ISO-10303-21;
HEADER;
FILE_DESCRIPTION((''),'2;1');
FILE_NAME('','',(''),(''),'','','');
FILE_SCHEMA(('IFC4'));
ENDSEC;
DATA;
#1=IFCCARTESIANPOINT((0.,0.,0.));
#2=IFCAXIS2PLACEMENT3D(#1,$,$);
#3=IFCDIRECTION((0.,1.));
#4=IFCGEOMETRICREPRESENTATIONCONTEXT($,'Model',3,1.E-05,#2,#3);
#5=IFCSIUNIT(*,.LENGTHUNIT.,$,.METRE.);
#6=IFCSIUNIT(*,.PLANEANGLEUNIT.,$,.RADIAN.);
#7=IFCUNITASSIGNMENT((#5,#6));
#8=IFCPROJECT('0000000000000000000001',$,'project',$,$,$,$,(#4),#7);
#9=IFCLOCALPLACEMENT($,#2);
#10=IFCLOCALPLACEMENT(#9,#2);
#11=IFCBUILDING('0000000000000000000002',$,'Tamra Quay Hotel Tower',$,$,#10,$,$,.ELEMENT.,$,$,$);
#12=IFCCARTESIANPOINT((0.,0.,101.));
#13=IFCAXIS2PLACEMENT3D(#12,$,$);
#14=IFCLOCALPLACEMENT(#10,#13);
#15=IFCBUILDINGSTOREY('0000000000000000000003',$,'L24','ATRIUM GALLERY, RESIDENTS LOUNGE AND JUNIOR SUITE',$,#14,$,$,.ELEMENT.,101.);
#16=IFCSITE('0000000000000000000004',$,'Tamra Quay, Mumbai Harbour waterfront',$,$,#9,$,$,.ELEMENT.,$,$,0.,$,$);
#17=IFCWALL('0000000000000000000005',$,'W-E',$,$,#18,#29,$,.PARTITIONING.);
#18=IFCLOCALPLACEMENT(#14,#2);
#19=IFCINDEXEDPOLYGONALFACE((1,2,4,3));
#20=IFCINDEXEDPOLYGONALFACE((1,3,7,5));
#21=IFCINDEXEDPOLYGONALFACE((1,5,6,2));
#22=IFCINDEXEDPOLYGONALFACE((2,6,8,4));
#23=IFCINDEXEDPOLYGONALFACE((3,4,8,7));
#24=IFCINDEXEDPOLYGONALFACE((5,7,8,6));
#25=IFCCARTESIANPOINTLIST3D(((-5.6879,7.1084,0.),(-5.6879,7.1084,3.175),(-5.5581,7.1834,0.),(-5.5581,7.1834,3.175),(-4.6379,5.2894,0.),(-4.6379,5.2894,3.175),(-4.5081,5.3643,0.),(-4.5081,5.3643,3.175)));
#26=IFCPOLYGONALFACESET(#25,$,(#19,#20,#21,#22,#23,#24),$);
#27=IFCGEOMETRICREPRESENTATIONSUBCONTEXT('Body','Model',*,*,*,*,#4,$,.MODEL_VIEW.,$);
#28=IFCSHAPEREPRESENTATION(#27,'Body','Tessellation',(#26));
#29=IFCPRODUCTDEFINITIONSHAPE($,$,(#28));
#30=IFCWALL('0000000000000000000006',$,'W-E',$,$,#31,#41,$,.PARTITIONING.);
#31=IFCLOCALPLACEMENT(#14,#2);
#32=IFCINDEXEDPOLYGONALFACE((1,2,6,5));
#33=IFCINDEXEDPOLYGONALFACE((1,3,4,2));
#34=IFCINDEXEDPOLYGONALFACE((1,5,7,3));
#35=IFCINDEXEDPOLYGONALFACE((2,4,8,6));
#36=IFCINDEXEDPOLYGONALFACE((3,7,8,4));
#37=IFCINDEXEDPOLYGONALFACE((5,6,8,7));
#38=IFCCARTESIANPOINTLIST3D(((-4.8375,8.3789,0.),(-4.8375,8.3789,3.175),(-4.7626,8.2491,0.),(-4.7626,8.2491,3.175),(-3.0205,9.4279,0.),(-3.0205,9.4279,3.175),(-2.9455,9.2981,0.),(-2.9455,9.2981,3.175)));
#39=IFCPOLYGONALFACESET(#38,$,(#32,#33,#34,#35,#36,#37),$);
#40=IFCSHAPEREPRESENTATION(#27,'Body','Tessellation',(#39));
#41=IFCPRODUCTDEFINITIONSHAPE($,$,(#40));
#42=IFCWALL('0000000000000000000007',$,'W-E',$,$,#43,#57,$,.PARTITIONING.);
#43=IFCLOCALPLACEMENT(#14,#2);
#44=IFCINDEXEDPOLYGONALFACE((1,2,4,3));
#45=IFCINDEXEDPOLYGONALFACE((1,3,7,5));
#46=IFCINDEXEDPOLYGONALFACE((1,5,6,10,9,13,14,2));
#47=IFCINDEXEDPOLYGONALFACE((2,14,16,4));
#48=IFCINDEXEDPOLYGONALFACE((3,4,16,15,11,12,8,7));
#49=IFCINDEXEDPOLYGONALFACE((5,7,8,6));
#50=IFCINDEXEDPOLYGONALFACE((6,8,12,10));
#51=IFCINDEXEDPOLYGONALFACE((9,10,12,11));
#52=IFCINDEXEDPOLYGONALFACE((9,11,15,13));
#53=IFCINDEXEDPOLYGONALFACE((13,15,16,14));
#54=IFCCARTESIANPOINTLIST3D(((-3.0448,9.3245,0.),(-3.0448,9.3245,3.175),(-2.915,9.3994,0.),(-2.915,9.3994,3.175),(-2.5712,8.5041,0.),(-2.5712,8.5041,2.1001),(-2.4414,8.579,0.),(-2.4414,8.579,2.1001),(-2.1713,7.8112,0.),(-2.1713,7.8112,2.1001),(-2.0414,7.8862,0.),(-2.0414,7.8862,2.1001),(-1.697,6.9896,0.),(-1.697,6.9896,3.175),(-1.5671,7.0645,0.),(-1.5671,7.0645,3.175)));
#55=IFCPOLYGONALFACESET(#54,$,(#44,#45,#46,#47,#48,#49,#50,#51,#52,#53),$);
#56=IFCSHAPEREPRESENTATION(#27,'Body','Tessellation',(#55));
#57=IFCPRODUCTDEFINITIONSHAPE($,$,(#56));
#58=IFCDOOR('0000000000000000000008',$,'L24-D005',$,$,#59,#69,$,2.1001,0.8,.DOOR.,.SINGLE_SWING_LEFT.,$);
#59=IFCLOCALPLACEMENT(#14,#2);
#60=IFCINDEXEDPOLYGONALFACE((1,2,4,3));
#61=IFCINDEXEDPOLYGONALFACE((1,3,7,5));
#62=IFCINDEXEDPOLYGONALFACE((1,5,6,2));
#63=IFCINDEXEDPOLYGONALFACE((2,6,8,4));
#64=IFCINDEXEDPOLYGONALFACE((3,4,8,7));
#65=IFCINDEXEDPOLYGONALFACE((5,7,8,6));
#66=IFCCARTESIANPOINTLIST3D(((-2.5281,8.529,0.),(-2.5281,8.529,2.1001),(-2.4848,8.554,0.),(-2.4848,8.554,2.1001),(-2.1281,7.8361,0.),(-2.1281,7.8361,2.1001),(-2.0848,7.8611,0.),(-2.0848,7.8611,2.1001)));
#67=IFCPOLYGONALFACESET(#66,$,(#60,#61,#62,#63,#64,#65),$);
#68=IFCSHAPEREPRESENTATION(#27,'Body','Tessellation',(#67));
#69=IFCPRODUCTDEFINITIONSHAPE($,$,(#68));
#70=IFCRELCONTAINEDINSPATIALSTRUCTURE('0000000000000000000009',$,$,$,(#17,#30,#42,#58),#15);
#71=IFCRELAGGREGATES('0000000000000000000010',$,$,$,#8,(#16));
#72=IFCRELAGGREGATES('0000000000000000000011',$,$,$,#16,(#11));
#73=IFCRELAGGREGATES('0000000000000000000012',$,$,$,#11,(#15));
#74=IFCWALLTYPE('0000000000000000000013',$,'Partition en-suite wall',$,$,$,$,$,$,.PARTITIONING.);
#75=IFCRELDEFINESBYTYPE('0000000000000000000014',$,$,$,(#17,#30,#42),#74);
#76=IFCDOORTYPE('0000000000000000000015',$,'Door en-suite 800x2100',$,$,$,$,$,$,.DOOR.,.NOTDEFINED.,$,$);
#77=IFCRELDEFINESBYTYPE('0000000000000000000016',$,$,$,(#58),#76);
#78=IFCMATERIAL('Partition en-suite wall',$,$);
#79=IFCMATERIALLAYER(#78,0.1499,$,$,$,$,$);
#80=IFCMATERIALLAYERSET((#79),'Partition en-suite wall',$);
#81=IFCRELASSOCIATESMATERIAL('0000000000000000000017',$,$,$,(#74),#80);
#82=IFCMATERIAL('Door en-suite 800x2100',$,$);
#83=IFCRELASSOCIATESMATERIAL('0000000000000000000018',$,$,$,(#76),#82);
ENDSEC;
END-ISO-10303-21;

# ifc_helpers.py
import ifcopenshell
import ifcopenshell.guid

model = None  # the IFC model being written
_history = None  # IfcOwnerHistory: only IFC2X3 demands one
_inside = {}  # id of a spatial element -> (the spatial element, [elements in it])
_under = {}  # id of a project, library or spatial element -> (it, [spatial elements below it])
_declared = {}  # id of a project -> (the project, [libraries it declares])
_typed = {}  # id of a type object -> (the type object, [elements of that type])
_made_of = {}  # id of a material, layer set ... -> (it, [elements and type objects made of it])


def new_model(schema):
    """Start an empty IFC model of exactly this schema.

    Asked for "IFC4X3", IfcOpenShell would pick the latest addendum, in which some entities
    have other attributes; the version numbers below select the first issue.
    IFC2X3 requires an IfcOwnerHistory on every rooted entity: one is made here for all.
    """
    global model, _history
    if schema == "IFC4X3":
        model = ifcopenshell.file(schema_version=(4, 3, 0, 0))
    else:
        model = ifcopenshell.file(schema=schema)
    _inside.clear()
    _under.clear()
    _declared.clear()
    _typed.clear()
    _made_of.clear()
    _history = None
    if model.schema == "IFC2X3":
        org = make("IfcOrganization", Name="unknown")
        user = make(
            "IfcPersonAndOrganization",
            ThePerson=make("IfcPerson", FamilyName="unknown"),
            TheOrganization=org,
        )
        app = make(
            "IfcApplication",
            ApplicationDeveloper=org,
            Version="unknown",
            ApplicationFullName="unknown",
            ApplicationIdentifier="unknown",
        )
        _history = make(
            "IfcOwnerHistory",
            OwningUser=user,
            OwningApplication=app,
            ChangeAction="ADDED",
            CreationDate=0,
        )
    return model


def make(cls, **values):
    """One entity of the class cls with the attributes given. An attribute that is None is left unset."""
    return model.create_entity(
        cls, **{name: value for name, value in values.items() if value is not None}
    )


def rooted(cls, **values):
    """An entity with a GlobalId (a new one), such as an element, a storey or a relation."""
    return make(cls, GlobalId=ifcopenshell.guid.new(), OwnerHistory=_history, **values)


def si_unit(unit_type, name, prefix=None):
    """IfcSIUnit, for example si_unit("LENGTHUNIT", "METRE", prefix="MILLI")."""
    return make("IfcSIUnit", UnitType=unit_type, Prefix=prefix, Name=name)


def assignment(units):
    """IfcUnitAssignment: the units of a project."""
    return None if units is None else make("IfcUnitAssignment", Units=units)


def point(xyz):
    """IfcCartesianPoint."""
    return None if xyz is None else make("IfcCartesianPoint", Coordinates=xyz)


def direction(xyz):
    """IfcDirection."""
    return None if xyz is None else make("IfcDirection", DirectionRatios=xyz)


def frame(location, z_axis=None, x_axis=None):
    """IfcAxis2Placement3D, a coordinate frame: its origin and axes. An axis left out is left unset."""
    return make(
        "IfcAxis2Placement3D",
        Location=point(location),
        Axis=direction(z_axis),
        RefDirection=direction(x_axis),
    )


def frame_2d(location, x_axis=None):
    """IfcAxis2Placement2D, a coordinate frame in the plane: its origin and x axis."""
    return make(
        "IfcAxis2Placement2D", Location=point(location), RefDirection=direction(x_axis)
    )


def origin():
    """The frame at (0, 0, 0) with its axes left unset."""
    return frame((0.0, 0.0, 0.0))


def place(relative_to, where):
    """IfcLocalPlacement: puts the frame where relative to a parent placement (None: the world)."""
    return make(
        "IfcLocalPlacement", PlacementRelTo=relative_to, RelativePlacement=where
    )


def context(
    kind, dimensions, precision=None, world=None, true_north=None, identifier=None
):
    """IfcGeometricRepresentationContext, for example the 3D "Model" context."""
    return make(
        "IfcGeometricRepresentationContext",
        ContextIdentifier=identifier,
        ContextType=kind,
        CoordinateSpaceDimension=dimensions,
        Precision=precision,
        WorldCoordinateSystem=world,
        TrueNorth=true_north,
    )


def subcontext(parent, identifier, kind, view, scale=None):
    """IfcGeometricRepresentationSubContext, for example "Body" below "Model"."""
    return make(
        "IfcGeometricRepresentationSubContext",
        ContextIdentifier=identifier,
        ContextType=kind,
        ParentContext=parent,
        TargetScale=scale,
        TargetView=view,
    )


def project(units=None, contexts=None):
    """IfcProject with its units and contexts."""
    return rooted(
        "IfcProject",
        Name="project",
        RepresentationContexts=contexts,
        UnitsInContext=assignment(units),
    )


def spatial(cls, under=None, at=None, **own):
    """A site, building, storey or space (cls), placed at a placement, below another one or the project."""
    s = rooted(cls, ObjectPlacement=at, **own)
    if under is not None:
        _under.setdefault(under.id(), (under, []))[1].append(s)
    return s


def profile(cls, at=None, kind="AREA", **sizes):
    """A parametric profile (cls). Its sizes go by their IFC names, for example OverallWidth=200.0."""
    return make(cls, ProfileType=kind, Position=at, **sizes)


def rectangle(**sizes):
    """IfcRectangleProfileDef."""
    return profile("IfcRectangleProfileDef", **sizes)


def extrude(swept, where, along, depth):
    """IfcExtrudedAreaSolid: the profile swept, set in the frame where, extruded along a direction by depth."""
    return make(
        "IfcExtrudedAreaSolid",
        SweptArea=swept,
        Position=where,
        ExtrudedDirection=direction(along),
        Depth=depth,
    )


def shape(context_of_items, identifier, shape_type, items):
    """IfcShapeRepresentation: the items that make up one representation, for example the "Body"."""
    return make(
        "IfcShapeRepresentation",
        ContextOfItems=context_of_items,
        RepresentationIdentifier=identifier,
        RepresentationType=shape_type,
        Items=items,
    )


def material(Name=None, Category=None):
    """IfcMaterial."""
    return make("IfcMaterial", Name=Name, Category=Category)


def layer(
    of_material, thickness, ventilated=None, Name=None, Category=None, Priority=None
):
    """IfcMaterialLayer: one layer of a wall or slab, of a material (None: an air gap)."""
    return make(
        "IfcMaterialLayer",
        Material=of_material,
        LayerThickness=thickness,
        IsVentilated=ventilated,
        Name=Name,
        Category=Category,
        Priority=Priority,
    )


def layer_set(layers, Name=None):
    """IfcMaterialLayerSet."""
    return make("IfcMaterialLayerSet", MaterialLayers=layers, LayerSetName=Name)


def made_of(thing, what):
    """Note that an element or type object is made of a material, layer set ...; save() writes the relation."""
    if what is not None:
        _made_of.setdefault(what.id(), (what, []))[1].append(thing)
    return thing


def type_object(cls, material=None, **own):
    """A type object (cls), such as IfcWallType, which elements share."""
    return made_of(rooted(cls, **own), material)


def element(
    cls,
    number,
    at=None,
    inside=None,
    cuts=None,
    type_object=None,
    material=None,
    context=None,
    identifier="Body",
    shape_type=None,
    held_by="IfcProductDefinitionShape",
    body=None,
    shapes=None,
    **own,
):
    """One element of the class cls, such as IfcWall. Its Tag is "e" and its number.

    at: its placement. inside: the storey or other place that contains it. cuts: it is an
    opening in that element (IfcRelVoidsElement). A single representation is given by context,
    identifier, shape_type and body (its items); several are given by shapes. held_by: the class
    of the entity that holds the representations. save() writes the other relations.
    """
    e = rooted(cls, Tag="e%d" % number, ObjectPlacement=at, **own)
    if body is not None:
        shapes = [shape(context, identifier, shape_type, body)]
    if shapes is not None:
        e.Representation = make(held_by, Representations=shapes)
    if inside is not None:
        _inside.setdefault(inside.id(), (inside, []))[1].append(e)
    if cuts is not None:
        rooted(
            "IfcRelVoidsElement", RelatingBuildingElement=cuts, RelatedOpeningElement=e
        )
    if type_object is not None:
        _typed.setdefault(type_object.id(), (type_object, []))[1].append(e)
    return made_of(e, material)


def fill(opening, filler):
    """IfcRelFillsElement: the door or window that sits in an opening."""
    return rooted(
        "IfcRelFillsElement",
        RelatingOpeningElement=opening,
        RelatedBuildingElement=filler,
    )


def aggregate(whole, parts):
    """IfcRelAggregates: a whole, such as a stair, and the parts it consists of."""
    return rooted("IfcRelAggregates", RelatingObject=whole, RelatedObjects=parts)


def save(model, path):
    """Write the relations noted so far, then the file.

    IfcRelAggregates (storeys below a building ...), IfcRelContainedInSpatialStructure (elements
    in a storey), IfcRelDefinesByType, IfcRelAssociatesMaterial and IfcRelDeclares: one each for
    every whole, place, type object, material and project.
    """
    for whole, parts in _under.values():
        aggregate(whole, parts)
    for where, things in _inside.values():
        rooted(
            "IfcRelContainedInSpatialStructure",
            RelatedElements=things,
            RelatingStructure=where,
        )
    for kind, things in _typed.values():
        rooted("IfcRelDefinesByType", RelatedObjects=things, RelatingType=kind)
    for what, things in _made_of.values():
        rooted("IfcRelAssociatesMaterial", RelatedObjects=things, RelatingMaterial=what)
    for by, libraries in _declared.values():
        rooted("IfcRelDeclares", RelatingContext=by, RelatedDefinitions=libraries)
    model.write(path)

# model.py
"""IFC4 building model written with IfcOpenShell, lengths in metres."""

from ifc_helpers import new_model, si_unit, direction, frame, frame_2d, origin, place, context, subcontext, project, spatial, rectangle, extrude, material, layer, layer_set, type_object, element, fill, save


model = new_model("IFC4")

# Units and contexts
model_context = context("Model", 3, precision=1e-05, world=origin(), true_north=direction((0.0, 1.0)))
body_context = subcontext(model_context, "Body", "Model", "MODEL_VIEW")
ifc_project = project(units=[si_unit("LENGTHUNIT", "METRE"), si_unit("PLANEANGLEUNIT", "RADIAN")], contexts=[model_context])

# Site, building, storey
site_placement = place(None, origin())
site = spatial("IfcSite", under=ifc_project, at=site_placement, Name="Tamra Quay, Mumbai Harbour waterfront", CompositionType="ELEMENT", RefElevation=0.0)
building_placement = place(site_placement, origin())
building = spatial("IfcBuilding", under=site, at=building_placement, Name="Tamra Quay Hotel Tower", CompositionType="ELEMENT")
storey_placement = place(building_placement, frame((0.0, 0.0, 101.0)))
storey = spatial("IfcBuildingStorey", under=building, at=storey_placement, Name="L24", Description="ATRIUM GALLERY, RESIDENTS LOUNGE AND JUNIOR SUITE", CompositionType="ELEMENT", Elevation=101.0)

# Walls
ifc_material_1 = material(Name="Partition en-suite wall")
ifc_layer_1 = layer(ifc_material_1, 0.1499)
ifc_layer_set_1 = layer_set([ifc_layer_1], Name="Partition en-suite wall")
wall_type_1 = type_object("IfcWallType", Name="Partition en-suite wall", PredefinedType="PARTITIONING", material=ifc_layer_set_1)
wall_1_placement = place(storey_placement, frame((-5.623, 7.146, 0.0), z_axis=(0.0, 0.0, 1.0), x_axis=(0.499927, -0.866068, 0.0)))
element("IfcWall", 1, at=wall_1_placement, inside=storey, type_object=wall_type_1, Name="W-E", PredefinedType="PARTITIONING", context=body_context, shape_type="SweptSolid", body=[
    extrude(rectangle(XDim=2.1003, YDim=0.1499, at=frame_2d((1.0503, 0.0))), origin(), (0.0, 0.0, 1.0), 3.175),
])
wall_2_placement = place(storey_placement, frame((-4.8, 8.314, 0.0), z_axis=(0.0, 0.0, 1.0), x_axis=(0.866036, 0.499981, 0.0)))
element("IfcWall", 2, at=wall_2_placement, inside=storey, type_object=wall_type_1, Name="W-E", PredefinedType="PARTITIONING", context=body_context, shape_type="SweptSolid", body=[
    extrude(rectangle(XDim=2.0981, YDim=0.1499, at=frame_2d((1.0491, 0.0))), origin(), (0.0, 0.0, 1.0), 3.175),
])

# Wall, opening, door
wall_3_placement = place(storey_placement, frame((-2.98, 9.3621, 0.0), z_axis=(0.0, 0.0, 1.0), x_axis=(0.499947, -0.866056, 0.0)))
wall_3 = element("IfcWall", 3, at=wall_3_placement, inside=storey, type_object=wall_type_1, Name="W-E", PredefinedType="PARTITIONING", context=body_context, shape_type="SweptSolid", body=[
    extrude(rectangle(XDim=2.696, YDim=0.1499, at=frame_2d((1.3481, 0.0))), origin(), (0.0, 0.0, 1.0), 3.175),
])
opening_1_placement = place(wall_3_placement, frame((0.9475, 0.0, 0.0)))
opening_1 = element("IfcOpeningElement", 4, at=opening_1_placement, cuts=wall_3, PredefinedType="OPENING", context=body_context, shape_type="SweptSolid", body=[
    extrude(rectangle(XDim=0.8, YDim=2.1001, at=frame_2d((0.3999, 1.05))), frame((0.0, 0.085, 0.0), z_axis=(0.0, -1.0, 0.0), x_axis=(1.0, 0.0, 0.0)), (0.0, 0.0, 1.0), 0.1699),
])
ifc_material_2 = material(Name="Door en-suite 800x2100")
door_type_1 = type_object("IfcDoorType", Name="Door en-suite 800x2100", OperationType="NOTDEFINED", PredefinedType="DOOR", material=ifc_material_2)
door_1_placement = place(opening_1_placement, origin())
door_1 = element("IfcDoor", 5, at=door_1_placement, inside=storey, type_object=door_type_1, Name="L24-D005", OperationType="SINGLE_SWING_LEFT", OverallHeight=2.1001, OverallWidth=0.8, PredefinedType="DOOR", context=body_context, shape_type="SweptSolid", body=[
    extrude(rectangle(XDim=0.8, YDim=2.1001, at=frame_2d((0.3999, 1.05))), frame((0.0, 0.0249, 0.0), z_axis=(0.0, -1.0, 0.0), x_axis=(1.0, 0.0, 0.0)), (0.0, 0.0, 1.0), 0.05),
])
fill(opening_1, door_1)

save(model, "model.ifc")
